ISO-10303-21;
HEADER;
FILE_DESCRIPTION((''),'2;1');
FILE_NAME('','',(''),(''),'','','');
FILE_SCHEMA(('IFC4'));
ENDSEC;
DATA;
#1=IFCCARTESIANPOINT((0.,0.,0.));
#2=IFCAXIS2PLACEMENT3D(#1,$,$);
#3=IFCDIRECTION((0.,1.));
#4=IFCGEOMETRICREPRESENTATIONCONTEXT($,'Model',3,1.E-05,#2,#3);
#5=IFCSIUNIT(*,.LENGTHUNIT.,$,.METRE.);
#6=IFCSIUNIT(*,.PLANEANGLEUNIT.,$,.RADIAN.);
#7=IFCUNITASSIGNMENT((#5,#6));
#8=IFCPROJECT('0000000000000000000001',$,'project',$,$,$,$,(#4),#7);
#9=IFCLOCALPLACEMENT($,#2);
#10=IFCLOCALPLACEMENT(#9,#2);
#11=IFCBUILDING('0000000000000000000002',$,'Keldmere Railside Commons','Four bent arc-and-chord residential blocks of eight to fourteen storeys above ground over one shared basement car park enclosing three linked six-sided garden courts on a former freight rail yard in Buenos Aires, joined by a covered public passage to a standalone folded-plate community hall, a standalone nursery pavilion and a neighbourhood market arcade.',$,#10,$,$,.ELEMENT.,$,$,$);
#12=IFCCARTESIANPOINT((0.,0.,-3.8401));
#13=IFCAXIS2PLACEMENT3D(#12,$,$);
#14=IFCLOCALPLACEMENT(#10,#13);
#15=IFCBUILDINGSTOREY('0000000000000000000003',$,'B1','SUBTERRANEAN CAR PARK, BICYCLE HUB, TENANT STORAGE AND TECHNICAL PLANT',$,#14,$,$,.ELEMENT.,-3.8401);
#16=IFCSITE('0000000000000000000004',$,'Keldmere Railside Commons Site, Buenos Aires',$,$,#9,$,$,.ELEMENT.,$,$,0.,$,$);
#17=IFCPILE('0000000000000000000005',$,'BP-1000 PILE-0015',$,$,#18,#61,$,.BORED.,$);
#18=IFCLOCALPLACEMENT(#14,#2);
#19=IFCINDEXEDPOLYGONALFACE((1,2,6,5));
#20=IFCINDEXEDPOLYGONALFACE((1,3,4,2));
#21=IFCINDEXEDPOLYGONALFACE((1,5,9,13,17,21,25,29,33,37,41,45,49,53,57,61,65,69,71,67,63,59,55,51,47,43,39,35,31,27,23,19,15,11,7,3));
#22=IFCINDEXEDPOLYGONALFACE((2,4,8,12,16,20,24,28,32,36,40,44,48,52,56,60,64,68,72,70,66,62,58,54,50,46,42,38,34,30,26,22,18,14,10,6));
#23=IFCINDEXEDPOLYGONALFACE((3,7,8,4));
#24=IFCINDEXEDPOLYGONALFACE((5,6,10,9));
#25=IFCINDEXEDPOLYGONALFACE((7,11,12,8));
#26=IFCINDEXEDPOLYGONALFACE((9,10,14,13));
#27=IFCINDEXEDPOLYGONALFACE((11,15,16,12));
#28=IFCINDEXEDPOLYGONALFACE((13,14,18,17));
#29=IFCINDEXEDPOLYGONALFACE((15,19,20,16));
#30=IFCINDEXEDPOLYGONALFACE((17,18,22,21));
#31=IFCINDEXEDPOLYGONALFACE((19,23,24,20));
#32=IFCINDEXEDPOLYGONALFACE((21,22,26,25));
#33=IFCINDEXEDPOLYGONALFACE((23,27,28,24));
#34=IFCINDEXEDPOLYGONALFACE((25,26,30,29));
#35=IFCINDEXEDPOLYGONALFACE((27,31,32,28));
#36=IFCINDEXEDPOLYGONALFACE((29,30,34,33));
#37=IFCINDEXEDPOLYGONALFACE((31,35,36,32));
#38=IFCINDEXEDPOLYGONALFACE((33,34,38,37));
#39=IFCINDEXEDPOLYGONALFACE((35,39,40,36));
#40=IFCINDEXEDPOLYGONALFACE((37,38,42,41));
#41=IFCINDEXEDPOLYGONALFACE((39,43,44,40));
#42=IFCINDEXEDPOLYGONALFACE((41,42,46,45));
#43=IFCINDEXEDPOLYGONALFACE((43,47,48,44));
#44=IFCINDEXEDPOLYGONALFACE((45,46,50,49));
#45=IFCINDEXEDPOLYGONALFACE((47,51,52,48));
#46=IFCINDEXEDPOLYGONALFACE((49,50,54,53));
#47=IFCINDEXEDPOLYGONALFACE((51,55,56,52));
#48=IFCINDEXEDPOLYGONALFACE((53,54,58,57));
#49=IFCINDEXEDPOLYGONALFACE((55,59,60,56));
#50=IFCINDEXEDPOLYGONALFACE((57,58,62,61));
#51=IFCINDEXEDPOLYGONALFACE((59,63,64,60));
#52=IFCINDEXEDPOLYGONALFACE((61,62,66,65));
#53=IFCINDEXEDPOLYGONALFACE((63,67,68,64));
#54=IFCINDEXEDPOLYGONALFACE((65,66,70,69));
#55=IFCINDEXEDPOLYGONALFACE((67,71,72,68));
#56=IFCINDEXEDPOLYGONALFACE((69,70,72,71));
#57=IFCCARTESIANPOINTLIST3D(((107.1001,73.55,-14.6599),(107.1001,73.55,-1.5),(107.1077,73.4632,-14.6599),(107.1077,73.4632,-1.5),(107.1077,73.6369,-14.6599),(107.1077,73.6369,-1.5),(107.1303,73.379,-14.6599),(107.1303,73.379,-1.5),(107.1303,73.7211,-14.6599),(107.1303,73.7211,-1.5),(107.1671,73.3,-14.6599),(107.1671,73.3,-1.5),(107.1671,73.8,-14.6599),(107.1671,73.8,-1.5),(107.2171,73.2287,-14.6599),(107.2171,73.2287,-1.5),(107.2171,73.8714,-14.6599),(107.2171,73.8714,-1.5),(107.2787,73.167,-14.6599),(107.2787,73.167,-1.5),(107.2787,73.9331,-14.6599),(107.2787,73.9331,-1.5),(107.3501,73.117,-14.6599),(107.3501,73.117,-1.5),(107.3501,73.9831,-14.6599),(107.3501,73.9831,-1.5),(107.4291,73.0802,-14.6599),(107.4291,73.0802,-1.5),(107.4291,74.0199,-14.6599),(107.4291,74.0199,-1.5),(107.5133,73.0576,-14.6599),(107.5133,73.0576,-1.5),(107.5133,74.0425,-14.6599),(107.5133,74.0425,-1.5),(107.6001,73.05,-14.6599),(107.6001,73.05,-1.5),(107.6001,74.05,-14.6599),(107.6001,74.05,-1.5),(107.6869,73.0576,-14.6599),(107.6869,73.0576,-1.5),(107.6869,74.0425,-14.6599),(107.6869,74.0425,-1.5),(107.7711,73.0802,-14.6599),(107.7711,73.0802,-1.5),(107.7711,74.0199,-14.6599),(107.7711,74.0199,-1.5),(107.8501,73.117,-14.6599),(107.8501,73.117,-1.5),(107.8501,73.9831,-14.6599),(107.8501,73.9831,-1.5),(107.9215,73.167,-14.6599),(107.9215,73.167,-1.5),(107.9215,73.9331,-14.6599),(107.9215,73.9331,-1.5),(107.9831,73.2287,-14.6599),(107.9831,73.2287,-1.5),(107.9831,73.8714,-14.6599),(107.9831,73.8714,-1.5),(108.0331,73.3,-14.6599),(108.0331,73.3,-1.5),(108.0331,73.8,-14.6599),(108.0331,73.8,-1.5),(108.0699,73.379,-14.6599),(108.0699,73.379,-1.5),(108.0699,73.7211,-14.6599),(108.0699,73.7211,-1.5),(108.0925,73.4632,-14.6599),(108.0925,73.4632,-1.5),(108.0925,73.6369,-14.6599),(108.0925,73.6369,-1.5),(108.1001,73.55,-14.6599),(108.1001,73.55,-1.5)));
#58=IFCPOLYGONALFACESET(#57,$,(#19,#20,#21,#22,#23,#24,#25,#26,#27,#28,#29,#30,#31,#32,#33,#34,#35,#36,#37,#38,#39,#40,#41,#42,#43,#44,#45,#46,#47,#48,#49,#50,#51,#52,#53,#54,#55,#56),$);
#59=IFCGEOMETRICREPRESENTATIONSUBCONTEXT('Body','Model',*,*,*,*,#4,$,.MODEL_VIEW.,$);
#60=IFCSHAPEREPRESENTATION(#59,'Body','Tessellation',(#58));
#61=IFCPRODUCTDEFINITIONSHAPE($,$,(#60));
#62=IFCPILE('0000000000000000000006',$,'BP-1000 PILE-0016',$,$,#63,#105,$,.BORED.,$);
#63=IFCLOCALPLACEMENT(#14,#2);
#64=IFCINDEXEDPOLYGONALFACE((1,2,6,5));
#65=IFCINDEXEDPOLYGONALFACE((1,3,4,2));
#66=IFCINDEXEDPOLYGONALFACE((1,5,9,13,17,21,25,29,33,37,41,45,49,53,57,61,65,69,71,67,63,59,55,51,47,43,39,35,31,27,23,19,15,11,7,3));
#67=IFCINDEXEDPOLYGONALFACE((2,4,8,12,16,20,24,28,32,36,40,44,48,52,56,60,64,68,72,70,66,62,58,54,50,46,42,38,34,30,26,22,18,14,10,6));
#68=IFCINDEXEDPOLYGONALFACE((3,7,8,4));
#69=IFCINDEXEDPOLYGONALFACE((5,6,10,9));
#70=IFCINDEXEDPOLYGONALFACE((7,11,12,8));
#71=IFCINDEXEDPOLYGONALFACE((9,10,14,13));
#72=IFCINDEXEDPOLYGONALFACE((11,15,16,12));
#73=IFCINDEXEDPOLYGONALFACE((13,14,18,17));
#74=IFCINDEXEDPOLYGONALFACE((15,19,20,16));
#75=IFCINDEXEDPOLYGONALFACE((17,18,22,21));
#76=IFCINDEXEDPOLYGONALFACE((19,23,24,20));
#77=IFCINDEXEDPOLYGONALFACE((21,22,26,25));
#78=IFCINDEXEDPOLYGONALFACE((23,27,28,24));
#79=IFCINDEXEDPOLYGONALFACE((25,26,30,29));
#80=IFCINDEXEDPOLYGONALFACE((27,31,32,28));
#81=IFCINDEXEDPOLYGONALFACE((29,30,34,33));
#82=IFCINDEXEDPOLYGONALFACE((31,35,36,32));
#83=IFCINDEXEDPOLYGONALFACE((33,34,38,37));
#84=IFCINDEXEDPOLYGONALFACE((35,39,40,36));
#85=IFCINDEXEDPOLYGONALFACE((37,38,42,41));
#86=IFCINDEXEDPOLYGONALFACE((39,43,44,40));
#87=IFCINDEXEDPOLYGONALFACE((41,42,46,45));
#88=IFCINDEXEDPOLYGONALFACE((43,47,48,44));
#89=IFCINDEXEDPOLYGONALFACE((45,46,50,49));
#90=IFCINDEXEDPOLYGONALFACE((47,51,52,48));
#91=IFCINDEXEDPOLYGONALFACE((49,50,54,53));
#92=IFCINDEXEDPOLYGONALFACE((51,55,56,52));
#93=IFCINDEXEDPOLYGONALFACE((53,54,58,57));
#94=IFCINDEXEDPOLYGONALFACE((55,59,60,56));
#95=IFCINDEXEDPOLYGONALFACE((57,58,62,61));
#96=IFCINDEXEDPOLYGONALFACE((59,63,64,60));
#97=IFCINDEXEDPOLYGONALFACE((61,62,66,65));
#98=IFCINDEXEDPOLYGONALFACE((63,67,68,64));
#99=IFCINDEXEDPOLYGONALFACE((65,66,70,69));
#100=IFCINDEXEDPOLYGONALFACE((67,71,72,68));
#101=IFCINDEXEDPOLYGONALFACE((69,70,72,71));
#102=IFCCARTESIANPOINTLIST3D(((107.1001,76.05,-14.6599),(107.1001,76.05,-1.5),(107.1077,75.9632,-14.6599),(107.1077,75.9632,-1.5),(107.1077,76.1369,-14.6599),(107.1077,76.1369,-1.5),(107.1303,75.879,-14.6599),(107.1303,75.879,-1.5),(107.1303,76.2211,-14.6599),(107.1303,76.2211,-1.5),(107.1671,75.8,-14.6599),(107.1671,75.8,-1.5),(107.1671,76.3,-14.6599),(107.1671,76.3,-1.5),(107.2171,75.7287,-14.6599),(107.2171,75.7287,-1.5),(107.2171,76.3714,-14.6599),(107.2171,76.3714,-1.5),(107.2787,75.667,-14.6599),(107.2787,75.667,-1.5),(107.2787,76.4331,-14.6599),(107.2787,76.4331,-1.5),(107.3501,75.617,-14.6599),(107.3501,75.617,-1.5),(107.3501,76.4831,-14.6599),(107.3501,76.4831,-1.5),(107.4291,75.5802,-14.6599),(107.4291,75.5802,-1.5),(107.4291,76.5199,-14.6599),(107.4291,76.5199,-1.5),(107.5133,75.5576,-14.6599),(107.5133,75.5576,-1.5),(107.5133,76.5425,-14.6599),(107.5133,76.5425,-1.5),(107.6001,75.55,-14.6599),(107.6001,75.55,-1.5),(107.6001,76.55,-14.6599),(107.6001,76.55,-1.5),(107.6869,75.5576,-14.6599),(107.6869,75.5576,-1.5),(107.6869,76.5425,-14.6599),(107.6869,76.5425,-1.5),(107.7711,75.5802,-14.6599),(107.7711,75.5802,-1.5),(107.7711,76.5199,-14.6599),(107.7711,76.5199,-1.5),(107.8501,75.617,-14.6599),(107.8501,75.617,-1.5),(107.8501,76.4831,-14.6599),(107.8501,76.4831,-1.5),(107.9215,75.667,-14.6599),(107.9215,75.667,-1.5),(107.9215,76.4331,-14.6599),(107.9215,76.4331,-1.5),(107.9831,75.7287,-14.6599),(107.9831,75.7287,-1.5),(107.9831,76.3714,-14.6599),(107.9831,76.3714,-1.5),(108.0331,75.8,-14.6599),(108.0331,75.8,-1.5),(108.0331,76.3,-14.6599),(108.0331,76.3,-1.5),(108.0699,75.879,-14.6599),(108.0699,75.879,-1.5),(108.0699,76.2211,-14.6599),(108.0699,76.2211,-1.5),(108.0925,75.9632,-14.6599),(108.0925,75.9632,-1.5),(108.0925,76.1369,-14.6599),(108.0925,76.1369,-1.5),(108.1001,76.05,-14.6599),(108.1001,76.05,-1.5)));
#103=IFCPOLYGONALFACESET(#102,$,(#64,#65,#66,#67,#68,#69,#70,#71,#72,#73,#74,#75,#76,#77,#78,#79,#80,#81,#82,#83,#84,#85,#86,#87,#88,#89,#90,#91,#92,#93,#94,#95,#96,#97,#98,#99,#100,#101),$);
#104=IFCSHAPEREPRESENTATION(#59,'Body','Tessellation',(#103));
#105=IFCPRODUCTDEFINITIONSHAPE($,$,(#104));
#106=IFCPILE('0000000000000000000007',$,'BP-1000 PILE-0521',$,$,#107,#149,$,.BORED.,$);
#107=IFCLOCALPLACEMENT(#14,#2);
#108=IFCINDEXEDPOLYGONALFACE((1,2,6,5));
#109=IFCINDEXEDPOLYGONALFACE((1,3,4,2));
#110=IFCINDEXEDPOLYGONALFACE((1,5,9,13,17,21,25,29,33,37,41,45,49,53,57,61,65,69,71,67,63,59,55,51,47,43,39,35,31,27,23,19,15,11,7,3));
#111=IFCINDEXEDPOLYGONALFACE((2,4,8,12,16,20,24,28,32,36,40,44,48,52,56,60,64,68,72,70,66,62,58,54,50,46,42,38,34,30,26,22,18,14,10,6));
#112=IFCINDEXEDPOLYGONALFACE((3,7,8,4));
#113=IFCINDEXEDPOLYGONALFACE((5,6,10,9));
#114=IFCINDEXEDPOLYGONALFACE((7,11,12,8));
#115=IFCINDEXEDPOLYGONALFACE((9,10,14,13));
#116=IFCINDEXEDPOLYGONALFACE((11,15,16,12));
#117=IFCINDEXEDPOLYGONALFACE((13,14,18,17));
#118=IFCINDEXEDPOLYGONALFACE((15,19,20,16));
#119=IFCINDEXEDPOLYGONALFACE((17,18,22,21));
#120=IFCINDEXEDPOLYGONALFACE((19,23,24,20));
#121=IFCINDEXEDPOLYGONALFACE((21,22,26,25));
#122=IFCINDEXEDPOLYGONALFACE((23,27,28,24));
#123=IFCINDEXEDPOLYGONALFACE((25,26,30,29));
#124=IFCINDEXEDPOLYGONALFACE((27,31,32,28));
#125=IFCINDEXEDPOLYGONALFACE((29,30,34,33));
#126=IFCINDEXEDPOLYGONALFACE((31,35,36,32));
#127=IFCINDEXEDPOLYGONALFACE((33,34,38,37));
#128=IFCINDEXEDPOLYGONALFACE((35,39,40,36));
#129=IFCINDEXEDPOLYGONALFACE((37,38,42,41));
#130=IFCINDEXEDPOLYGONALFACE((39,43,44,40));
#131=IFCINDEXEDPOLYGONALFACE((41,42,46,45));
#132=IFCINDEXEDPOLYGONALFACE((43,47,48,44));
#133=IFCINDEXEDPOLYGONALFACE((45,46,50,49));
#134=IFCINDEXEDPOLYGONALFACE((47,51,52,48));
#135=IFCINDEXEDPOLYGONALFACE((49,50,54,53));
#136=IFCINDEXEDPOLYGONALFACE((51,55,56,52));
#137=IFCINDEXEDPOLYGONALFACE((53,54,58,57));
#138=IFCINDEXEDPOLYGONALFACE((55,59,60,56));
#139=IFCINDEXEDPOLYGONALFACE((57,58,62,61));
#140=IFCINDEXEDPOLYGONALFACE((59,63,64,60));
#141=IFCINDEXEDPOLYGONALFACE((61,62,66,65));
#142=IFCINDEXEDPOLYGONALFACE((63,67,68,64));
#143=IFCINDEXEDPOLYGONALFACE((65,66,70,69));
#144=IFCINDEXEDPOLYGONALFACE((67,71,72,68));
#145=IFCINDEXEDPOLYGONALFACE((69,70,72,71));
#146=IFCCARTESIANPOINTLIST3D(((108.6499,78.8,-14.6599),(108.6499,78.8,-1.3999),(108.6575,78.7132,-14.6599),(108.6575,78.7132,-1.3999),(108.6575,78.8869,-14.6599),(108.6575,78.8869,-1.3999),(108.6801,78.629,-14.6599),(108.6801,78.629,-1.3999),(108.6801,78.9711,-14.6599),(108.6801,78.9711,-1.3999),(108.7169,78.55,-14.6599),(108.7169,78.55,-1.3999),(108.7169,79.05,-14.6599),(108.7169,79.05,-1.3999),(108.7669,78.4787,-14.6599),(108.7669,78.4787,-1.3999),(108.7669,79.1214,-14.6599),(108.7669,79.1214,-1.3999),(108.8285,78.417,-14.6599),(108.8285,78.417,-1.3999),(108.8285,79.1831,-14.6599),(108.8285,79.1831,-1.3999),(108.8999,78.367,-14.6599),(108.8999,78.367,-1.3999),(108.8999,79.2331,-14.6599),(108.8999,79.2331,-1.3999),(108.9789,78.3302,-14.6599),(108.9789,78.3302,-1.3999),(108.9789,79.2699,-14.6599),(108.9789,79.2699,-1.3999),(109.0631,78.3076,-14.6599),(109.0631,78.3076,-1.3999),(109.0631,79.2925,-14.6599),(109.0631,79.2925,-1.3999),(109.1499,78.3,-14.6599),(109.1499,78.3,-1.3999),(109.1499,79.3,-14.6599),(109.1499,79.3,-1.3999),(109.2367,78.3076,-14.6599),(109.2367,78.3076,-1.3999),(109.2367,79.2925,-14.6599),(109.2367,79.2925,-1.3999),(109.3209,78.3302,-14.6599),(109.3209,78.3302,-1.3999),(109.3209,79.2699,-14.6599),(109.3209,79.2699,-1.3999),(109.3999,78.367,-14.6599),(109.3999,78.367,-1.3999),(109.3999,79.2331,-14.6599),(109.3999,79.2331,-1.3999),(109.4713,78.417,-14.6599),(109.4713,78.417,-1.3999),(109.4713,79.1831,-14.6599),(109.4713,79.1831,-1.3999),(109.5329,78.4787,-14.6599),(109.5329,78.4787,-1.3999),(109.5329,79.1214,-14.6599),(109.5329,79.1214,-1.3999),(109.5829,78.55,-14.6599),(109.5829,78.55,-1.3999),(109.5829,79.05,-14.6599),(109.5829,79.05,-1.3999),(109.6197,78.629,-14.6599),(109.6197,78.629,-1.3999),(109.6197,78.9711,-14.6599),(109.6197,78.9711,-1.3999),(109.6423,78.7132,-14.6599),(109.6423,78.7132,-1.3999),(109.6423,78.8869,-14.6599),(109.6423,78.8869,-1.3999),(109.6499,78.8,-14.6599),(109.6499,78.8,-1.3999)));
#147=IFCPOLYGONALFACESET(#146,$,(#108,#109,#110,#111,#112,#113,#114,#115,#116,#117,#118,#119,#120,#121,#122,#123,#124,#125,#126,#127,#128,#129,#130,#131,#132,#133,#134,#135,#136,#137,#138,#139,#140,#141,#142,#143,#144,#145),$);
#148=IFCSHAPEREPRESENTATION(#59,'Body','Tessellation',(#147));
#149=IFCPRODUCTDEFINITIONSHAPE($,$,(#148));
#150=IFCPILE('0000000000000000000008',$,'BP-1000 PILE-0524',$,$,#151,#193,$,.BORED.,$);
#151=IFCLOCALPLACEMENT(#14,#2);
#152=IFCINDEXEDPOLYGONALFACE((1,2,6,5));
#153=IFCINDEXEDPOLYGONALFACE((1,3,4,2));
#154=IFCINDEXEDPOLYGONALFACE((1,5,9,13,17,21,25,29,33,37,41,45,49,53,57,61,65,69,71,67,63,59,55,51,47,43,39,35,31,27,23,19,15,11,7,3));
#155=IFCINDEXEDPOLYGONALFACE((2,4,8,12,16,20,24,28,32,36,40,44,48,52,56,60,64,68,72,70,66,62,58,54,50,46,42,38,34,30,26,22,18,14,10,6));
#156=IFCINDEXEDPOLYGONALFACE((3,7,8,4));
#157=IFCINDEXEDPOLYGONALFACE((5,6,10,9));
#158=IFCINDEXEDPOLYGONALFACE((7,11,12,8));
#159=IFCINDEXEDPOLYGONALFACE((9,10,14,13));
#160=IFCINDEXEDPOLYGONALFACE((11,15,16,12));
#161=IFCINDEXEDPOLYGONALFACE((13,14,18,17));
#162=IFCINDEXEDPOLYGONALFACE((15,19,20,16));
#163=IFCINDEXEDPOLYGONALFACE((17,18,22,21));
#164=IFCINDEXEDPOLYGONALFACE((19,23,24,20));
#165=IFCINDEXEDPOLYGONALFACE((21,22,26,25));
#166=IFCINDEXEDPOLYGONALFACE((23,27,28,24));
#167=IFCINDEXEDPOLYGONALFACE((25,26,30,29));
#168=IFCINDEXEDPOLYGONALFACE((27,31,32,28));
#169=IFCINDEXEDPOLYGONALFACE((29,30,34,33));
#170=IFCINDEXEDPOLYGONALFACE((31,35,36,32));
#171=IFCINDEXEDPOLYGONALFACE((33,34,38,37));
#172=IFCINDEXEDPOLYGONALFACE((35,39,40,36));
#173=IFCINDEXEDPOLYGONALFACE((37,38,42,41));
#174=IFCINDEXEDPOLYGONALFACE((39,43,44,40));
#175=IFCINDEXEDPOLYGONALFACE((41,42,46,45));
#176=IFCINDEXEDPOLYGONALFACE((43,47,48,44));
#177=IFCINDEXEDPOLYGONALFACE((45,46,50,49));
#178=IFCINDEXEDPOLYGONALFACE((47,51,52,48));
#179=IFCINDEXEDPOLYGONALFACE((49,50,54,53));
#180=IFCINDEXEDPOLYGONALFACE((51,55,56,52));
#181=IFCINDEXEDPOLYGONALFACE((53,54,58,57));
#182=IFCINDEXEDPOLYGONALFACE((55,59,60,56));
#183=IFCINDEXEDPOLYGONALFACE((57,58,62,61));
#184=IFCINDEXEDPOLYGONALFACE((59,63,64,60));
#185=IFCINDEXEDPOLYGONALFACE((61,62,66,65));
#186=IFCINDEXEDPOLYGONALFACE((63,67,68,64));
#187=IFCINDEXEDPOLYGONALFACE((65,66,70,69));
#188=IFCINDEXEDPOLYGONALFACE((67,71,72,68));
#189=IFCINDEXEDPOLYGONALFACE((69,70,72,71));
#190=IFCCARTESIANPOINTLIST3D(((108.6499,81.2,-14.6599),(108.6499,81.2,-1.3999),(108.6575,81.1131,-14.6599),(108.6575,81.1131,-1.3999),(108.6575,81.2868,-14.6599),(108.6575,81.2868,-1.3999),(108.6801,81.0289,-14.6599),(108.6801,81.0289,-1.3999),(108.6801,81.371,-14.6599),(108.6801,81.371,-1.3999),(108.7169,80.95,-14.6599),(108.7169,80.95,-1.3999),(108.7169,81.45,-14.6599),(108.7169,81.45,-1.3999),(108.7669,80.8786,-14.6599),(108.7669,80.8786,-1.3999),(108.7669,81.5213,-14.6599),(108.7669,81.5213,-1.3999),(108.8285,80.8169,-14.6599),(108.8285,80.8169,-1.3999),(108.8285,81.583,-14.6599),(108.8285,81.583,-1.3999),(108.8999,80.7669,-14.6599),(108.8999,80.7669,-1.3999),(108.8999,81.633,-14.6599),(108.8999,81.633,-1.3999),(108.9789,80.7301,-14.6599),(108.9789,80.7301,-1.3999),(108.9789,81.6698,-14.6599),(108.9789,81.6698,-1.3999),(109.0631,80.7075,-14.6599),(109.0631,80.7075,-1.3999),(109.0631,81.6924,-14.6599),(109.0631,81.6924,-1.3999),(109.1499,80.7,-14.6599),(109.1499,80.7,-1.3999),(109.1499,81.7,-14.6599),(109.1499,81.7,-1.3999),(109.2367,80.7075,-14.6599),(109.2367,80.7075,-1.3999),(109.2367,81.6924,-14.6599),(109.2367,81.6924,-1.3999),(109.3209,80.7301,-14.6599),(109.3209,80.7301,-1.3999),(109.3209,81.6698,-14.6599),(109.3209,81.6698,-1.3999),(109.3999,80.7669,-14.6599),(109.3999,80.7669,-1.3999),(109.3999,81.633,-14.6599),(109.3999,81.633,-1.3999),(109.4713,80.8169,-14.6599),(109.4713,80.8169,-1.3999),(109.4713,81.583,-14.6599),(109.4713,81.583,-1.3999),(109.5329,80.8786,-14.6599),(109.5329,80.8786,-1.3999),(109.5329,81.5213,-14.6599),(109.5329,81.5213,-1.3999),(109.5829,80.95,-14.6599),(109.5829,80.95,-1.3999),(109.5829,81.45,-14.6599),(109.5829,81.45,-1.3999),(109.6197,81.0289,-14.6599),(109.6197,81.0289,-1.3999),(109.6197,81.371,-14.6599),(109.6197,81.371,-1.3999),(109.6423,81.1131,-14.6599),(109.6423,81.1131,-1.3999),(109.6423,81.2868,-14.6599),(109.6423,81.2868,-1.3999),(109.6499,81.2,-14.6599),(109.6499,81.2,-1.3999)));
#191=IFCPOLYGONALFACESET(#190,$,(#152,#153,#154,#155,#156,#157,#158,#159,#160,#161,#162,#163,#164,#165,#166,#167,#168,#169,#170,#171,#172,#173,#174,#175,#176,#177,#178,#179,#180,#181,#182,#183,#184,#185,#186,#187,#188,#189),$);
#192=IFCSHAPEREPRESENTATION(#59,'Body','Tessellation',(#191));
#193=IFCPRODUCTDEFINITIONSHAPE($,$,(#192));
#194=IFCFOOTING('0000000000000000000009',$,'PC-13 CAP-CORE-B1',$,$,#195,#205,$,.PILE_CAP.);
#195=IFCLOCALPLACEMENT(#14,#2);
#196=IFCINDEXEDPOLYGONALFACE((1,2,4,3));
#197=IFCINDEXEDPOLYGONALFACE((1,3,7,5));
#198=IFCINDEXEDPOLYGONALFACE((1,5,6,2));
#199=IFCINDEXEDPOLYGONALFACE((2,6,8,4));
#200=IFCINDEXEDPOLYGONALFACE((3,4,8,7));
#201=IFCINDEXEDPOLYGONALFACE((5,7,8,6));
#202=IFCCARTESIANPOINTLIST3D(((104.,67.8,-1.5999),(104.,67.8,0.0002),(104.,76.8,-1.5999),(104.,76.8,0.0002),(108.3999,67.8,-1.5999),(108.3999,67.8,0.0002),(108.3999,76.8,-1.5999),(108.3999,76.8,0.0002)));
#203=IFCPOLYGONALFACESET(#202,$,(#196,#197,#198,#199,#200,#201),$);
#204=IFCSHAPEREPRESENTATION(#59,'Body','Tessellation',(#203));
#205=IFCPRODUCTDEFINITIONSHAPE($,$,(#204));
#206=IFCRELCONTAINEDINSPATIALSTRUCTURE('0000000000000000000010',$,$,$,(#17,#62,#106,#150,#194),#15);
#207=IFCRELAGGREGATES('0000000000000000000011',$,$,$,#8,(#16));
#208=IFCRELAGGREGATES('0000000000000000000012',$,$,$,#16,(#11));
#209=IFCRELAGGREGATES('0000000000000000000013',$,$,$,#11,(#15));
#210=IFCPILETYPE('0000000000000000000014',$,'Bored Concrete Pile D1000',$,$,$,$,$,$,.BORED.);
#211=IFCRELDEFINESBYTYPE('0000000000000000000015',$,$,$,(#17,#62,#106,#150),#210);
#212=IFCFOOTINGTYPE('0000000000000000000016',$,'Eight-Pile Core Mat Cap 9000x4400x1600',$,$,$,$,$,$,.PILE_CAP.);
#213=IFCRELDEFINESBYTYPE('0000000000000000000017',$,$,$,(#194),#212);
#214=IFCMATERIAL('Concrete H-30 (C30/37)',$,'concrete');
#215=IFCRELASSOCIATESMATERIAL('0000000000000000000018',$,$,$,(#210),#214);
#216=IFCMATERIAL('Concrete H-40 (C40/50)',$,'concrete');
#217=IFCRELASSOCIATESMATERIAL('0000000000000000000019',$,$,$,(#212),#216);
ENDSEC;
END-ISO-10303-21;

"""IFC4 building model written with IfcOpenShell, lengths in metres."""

from ifc_helpers import new_model, si_unit, direction, frame, origin, origin_2d, place, context, subcontext, project, spatial, rectangle, circle, extrude, material, material_profile, profile_set, type_object, element, save


model = new_model("IFC4")

# Units and contexts
model_context = context("Model", 3, precision=1e-05, world=origin(), true_north=direction((0.0, 1.0)))
body_context = subcontext(model_context, "Body", "Model", "MODEL_VIEW")
ifc_project = project(units=[si_unit("LENGTHUNIT", "METRE"), si_unit("PLANEANGLEUNIT", "RADIAN")], contexts=[model_context])

# Site, building, storey
site_placement = place(None, origin())
site = spatial("IfcSite", under=ifc_project, at=site_placement, Name="Keldmere Railside Commons Site, Buenos Aires", CompositionType="ELEMENT", RefElevation=0.0)
building_placement = place(site_placement, origin())
building = spatial("IfcBuilding", under=site, at=building_placement, Name="Keldmere Railside Commons", Description="Four bent arc-and-chord residential blocks of eight to fourteen storeys above ground over one shared basement car park enclosing three linked six-sided garden courts on a former freight rail yard in Buenos Aires, joined by a covered public passage to a standalone folded-plate community hall, a standalone nursery pavilion and a neighbourhood market arcade.", CompositionType="ELEMENT")
storey_placement = place(building_placement, frame((0.0, 0.0, -3.8401)))
storey = spatial("IfcBuildingStorey", under=building, at=storey_placement, Name="B1", Description="SUBTERRANEAN CAR PARK, BICYCLE HUB, TENANT STORAGE AND TECHNICAL PLANT", CompositionType="ELEMENT", Elevation=-3.8401)

# Piles
ifc_material_1 = material(Name="Concrete H-30 (C30/37)", Category="concrete")
ifc_material_profile_1 = material_profile(ifc_material_1, circle(Radius=0.5, at=origin_2d()), Name="PILE-D1000")
ifc_profile_set_1 = profile_set([ifc_material_profile_1], Name="Concrete H-30 (C30/37)")
pile_type = type_object("IfcPileType", Name="Bored Concrete Pile D1000", PredefinedType="BORED", material=ifc_profile_set_1)
for number, where, z_axis, x_axis, name in (
    (1, (107.6001, 73.55, -1.5), (0.0, 0.0, -1.0), (1.0, 0.0, 0.0), "BP-1000 PILE-0015"),
    (2, (107.6001, 76.05, -1.5), (0.0, 0.0, -1.0), (1.0, 0.0, 0.0), "BP-1000 PILE-0016"),
):
    element("IfcPile", number, at=place(storey_placement, frame(where, z_axis=z_axis, x_axis=x_axis)), inside=storey, type_object=pile_type, Name=name, PredefinedType="BORED", context=body_context, shape_type="SweptSolid", body=[
        extrude(circle(Radius=0.5, at=origin_2d()), origin(), (0.0, 0.0, 1.0), 13.1599),
    ])
for number, where, z_axis, x_axis, name in (
    (3, (109.1499, 78.8, -1.3999), (0.0, 0.0, -1.0), (1.0, 0.0, 0.0), "BP-1000 PILE-0521"),
    (4, (109.1499, 81.2, -1.3999), (0.0, 0.0, -1.0), (1.0, 0.0, 0.0), "BP-1000 PILE-0524"),
):
    element("IfcPile", number, at=place(storey_placement, frame(where, z_axis=z_axis, x_axis=x_axis)), inside=storey, type_object=pile_type, Name=name, PredefinedType="BORED", context=body_context, shape_type="SweptSolid", body=[
        extrude(circle(Radius=0.5, at=origin_2d()), origin(), (0.0, 0.0, 1.0), 13.26),
    ])

# Footing
ifc_material_2 = material(Name="Concrete H-40 (C40/50)", Category="concrete")
footing_type_1 = type_object("IfcFootingType", Name="Eight-Pile Core Mat Cap 9000x4400x1600", PredefinedType="PILE_CAP", material=ifc_material_2)
footing_1_placement = place(storey_placement, frame((106.2, 72.3, -1.5999), z_axis=(0.0, 0.0, 1.0), x_axis=(0.0, 1.0, 0.0)))
element("IfcFooting", 5, at=footing_1_placement, inside=storey, type_object=footing_type_1, Name="PC-13 CAP-CORE-B1", PredefinedType="PILE_CAP", context=body_context, shape_type="SweptSolid", body=[
    extrude(rectangle(XDim=9.0, YDim=4.3999, at=origin_2d()), origin(), (0.0, 0.0, 1.0), 1.6001),
])

save(model, "model.ifc")
